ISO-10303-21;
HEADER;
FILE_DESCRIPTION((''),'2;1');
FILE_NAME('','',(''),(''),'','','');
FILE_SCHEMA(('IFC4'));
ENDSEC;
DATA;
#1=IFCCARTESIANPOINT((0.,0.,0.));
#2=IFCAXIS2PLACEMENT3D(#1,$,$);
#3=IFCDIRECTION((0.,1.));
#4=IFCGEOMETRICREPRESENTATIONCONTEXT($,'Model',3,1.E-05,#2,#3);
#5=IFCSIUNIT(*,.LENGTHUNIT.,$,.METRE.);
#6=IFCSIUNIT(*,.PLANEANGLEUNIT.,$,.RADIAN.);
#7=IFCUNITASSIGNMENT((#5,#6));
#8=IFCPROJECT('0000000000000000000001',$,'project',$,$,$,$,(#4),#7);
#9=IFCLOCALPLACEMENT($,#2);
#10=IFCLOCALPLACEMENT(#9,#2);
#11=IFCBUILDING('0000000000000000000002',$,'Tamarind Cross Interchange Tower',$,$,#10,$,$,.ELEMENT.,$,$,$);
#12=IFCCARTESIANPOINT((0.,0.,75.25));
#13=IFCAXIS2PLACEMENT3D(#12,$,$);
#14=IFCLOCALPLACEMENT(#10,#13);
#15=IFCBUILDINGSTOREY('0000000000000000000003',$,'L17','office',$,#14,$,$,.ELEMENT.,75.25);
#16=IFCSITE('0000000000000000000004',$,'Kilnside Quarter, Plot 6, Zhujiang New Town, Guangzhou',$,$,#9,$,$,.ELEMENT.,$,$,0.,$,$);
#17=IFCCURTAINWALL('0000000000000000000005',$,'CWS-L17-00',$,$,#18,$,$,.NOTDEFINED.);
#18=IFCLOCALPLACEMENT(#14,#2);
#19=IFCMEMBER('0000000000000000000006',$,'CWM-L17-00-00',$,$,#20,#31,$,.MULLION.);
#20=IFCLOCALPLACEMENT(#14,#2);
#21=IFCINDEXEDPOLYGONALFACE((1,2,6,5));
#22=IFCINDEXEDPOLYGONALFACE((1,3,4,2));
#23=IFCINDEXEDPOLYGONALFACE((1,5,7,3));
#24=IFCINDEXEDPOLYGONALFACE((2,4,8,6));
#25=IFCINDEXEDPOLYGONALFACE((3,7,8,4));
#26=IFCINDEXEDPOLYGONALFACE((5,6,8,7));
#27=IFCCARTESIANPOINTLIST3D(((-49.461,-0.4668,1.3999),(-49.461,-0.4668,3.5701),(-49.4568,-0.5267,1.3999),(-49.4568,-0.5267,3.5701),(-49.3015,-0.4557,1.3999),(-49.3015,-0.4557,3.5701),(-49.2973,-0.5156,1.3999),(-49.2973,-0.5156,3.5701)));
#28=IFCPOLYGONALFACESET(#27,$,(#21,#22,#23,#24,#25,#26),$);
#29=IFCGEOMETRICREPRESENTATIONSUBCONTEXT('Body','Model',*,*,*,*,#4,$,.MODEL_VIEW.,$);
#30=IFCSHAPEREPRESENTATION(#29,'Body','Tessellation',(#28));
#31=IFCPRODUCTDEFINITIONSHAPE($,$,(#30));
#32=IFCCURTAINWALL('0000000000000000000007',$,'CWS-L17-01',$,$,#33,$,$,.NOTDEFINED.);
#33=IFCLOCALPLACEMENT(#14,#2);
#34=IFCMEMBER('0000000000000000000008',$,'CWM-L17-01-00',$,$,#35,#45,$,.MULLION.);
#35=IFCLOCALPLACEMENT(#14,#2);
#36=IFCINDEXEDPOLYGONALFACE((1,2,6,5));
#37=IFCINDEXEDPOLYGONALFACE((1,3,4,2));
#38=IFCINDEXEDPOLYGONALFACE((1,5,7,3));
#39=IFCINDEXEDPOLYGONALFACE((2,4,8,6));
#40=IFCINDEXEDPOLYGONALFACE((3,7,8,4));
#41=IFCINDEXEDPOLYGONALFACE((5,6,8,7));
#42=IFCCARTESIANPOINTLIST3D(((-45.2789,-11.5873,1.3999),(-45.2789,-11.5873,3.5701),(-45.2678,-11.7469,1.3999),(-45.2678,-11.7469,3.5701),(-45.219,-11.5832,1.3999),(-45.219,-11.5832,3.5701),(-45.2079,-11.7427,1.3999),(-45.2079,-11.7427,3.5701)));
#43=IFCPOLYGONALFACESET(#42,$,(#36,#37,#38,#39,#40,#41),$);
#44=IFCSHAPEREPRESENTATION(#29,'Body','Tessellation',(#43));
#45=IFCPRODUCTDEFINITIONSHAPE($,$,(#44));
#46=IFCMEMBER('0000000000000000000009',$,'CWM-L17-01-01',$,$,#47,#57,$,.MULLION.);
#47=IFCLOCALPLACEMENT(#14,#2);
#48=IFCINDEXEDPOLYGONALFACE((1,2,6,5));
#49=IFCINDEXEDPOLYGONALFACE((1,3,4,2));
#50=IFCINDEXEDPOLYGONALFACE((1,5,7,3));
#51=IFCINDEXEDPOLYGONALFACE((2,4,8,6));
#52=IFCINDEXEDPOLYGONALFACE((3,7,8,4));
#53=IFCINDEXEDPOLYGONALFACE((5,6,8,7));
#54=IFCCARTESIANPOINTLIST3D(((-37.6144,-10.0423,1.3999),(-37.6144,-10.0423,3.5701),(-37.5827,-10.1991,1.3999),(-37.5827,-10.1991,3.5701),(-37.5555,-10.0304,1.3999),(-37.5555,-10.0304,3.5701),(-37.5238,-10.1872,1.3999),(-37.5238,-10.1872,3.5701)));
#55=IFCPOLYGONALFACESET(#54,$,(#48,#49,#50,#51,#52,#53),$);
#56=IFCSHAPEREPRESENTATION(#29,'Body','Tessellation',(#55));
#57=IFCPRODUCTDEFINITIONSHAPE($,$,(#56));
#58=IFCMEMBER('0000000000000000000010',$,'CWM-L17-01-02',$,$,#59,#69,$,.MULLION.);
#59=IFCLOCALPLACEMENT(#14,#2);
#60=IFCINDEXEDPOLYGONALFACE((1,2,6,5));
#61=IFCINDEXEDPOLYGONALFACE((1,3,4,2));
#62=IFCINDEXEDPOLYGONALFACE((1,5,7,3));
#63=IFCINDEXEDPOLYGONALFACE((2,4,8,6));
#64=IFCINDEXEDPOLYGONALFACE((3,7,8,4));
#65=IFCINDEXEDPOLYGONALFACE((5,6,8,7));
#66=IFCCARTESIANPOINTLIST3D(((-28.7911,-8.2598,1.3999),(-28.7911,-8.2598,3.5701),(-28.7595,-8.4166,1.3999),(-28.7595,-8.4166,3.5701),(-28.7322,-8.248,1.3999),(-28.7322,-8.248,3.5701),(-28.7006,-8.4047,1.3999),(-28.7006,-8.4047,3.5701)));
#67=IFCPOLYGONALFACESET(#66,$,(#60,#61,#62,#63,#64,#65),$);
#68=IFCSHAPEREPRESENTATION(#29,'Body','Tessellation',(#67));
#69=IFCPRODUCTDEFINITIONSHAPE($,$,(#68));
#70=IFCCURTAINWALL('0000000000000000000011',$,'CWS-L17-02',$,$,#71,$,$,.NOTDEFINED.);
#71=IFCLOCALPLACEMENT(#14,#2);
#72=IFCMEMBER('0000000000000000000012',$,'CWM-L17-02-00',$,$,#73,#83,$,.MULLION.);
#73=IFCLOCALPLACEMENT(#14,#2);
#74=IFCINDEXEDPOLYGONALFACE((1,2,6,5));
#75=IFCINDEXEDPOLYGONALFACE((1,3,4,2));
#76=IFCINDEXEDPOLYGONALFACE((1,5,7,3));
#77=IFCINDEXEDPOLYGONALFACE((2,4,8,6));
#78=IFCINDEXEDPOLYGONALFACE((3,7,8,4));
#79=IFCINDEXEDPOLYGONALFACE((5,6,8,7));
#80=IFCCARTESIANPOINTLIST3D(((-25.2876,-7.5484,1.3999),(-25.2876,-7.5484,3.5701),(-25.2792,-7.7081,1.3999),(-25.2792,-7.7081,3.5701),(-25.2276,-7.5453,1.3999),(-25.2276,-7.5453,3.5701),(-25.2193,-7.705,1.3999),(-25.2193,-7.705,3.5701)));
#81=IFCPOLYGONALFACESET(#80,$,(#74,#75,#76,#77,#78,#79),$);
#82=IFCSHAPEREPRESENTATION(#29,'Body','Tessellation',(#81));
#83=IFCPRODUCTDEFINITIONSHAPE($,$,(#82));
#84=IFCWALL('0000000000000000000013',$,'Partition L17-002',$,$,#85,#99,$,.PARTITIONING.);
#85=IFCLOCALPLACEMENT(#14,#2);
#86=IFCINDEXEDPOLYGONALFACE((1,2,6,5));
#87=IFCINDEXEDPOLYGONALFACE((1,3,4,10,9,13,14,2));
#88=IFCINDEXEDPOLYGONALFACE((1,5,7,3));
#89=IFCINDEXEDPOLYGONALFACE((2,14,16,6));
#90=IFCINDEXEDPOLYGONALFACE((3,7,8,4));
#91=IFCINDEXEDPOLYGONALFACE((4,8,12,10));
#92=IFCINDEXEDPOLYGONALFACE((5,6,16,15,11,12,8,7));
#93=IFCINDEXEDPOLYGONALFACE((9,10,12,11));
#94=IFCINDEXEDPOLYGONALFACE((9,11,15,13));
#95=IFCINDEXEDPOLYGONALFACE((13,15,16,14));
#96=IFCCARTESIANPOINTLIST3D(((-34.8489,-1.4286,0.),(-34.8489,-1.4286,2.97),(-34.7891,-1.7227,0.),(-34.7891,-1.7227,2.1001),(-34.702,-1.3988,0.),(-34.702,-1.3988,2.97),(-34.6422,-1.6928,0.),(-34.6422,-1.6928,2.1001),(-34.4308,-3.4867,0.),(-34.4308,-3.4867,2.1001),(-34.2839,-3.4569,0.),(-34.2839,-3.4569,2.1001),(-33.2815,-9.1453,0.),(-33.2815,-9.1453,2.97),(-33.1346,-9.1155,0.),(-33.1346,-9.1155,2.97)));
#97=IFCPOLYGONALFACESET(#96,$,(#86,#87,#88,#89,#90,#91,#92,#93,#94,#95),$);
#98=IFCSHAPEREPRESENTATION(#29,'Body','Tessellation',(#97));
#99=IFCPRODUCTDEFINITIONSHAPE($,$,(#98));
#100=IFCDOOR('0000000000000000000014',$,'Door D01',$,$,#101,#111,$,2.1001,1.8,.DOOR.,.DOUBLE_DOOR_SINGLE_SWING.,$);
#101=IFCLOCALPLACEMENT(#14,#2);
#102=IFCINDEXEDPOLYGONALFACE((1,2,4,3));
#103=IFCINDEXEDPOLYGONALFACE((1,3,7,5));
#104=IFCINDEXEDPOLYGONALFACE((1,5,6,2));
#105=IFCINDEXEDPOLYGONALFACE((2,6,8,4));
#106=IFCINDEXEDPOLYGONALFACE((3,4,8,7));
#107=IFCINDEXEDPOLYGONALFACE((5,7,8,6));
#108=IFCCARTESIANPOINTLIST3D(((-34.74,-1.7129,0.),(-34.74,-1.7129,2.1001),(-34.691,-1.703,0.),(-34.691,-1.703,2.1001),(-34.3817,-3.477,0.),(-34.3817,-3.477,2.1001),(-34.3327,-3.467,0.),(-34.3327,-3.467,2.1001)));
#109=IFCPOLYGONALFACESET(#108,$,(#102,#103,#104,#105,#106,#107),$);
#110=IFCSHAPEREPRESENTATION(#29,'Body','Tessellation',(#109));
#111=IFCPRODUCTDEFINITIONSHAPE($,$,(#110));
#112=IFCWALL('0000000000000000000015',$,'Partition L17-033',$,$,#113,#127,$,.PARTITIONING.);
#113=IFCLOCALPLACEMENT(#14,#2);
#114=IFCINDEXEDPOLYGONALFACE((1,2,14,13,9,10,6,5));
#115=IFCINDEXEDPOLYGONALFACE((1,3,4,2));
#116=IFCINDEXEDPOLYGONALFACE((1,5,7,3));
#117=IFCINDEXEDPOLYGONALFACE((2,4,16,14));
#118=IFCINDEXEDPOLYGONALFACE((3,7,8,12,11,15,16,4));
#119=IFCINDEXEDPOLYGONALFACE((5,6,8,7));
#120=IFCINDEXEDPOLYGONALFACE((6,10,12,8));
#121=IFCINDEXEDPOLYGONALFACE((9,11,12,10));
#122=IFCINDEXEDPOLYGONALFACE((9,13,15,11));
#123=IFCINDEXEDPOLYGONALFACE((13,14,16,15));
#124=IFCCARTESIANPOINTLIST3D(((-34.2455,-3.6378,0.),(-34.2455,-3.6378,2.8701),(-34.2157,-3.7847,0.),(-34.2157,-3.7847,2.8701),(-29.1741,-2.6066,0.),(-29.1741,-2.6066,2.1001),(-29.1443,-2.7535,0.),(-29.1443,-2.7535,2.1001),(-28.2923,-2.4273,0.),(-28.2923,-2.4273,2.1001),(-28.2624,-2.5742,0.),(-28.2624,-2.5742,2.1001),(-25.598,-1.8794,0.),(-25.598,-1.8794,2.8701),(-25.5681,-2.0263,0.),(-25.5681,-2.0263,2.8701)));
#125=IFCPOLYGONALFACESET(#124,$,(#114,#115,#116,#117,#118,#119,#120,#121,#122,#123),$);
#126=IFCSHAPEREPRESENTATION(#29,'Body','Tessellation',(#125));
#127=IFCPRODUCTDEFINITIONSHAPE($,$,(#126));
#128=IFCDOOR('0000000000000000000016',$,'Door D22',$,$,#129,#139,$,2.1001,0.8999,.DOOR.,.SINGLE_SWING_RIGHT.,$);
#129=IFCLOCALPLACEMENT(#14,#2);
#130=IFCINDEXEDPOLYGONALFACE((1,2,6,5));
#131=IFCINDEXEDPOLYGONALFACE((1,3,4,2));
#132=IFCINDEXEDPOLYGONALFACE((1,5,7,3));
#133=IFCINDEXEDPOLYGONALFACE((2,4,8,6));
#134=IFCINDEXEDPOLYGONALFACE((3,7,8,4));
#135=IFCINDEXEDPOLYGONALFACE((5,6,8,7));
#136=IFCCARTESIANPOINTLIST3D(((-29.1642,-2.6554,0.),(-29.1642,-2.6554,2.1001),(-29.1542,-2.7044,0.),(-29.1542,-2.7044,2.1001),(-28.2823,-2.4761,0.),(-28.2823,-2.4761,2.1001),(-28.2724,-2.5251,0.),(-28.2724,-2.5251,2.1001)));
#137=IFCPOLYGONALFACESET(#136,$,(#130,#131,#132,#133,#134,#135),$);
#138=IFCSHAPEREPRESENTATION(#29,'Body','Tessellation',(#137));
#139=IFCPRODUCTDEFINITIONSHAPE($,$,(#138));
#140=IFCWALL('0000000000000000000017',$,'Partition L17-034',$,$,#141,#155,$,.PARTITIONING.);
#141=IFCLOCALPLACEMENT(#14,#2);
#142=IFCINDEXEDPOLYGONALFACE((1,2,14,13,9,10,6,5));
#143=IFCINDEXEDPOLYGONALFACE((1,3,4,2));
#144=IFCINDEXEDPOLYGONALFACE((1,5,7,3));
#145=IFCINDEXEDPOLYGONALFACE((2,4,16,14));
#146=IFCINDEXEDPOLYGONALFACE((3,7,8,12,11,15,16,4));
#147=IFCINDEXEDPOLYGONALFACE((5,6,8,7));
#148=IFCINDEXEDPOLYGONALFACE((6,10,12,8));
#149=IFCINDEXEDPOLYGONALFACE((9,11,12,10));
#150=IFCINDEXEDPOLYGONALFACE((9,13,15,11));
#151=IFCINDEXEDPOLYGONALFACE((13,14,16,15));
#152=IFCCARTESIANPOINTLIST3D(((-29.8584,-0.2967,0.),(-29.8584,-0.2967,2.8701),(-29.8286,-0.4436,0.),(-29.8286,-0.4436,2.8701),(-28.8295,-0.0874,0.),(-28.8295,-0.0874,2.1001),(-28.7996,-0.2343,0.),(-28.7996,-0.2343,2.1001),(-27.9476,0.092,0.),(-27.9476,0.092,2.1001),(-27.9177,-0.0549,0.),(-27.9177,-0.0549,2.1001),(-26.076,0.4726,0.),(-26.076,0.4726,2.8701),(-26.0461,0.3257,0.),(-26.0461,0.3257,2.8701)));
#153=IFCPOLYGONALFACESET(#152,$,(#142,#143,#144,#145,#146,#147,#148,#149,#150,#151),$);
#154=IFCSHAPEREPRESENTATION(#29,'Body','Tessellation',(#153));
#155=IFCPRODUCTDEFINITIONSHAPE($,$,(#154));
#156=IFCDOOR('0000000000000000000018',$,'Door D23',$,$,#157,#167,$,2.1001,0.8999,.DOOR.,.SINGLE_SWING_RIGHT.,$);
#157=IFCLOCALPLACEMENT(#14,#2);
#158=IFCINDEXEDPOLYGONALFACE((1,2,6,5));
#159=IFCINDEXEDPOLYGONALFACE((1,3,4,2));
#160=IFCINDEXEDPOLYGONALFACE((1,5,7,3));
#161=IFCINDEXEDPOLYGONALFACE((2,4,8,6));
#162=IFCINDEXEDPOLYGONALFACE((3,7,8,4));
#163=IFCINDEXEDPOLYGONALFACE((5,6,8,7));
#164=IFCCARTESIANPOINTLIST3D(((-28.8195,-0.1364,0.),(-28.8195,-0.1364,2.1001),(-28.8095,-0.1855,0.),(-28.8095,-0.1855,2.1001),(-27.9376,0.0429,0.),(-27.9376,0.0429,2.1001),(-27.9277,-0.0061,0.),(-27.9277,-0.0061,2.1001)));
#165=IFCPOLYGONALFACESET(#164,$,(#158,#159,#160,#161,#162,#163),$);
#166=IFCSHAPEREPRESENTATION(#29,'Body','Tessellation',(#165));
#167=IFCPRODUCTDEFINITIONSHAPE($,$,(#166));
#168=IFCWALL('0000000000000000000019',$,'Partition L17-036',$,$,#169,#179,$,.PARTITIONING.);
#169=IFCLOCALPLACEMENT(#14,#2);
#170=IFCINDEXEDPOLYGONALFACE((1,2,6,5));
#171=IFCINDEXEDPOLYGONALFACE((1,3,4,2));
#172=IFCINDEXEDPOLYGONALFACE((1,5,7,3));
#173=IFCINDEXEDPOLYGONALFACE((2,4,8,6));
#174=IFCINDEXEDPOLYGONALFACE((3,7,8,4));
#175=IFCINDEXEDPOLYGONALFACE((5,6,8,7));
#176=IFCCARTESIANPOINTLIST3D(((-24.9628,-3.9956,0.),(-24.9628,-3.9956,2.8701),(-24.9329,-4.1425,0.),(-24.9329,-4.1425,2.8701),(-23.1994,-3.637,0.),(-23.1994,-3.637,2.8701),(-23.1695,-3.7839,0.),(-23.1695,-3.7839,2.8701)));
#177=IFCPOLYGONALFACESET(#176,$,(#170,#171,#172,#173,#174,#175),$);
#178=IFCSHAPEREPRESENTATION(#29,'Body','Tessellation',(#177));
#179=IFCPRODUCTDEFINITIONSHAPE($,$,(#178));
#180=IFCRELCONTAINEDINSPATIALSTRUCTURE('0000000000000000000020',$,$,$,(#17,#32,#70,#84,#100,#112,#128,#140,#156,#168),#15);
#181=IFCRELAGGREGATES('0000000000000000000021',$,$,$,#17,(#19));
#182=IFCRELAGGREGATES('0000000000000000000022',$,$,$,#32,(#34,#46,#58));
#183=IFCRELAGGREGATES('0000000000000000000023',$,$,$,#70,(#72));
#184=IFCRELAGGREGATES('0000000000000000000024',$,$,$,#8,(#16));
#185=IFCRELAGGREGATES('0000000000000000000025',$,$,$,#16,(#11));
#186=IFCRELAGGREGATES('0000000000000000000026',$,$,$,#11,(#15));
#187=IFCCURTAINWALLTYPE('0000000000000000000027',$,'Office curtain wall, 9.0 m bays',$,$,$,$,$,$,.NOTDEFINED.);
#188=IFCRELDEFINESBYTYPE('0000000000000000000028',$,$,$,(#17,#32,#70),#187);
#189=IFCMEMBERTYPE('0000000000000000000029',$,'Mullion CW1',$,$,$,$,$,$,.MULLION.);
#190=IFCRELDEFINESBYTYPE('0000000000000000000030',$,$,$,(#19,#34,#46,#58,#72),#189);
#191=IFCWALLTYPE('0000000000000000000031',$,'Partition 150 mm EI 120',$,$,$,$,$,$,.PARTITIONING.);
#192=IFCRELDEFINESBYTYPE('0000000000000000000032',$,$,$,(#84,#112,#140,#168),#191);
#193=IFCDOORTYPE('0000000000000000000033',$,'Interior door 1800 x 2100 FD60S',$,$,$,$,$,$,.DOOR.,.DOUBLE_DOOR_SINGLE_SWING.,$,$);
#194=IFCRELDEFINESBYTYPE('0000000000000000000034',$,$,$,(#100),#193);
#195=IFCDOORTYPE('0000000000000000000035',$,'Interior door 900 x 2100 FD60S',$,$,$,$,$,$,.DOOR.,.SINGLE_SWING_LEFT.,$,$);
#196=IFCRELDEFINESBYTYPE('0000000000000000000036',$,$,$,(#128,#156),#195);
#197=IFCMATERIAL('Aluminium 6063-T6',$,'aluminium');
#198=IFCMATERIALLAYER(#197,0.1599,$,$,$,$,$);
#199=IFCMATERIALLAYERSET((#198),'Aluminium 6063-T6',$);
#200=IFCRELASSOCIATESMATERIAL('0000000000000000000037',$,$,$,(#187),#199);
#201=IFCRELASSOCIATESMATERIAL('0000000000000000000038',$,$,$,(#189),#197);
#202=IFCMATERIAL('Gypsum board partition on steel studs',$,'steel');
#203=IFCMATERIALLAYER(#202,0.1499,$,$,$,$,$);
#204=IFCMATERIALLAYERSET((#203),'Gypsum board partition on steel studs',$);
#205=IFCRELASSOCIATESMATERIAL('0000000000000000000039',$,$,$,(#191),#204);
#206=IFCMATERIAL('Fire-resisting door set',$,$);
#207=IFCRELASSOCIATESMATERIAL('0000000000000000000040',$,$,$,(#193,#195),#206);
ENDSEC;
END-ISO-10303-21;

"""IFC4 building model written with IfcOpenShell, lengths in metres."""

from ifc_helpers import new_model, si_unit, direction, frame, frame_2d, origin, origin_2d, place, context, subcontext, project, spatial, rectangle, extrude, material, layer, layer_set, material_profile, profile_set, type_object, element, fill, aggregate, save


model = new_model("IFC4")

# Units and contexts
model_context = context("Model", 3, precision=1e-05, world=origin(), true_north=direction((0.0, 1.0)))
body_context = subcontext(model_context, "Body", "Model", "MODEL_VIEW")
ifc_project = project(units=[si_unit("LENGTHUNIT", "METRE"), si_unit("PLANEANGLEUNIT", "RADIAN")], contexts=[model_context])

# Site, building, storey
site_placement = place(None, origin())
site = spatial("IfcSite", under=ifc_project, at=site_placement, Name="Kilnside Quarter, Plot 6, Zhujiang New Town, Guangzhou", CompositionType="ELEMENT", RefElevation=0.0)
building_placement = place(site_placement, origin())
building = spatial("IfcBuilding", under=site, at=building_placement, Name="Tamarind Cross Interchange Tower", CompositionType="ELEMENT")
storey_placement = place(building_placement, frame((0.0, 0.0, 75.25)))
storey = spatial("IfcBuildingStorey", under=building, at=storey_placement, Name="L17", Description="office", CompositionType="ELEMENT", Elevation=75.25)

# Curtain wall, member
ifc_material_1 = material(Name="Aluminium 6063-T6", Category="aluminium")
ifc_layer_1 = layer(ifc_material_1, 0.1599)
ifc_layer_set_1 = layer_set([ifc_layer_1], Name="Aluminium 6063-T6")
curtain_wall_type = type_object("IfcCurtainWallType", Name="Office curtain wall, 9.0 m bays", PredefinedType="NOTDEFINED", material=ifc_layer_set_1)
curtain_wall_1_placement = place(storey_placement, origin())
curtain_wall_1 = element("IfcCurtainWall", 1, at=curtain_wall_1_placement, inside=storey, type_object=curtain_wall_type, Name="CWS-L17-00", PredefinedType="NOTDEFINED")
ifc_material_profile_1 = material_profile(ifc_material_1, rectangle(XDim=0.0601, YDim=0.1599, at=origin_2d()), Name="Mullion CW1")
ifc_profile_set_1 = profile_set([ifc_material_profile_1], Name="Aluminium 6063-T6")
member_type = type_object("IfcMemberType", Name="Mullion CW1", PredefinedType="MULLION", material=ifc_profile_set_1)
member_1_placement = place(storey_placement, frame((-49.3792, -0.4912, 1.3999), z_axis=(0.0, 0.0, 1.0), x_axis=(0.069631, -0.997573, 0.0)))
member_1 = element("IfcMember", 2, at=member_1_placement, type_object=member_type, Name="CWM-L17-00-00", PredefinedType="MULLION", context=body_context, shape_type="SweptSolid", body=[
    extrude(rectangle(XDim=0.0601, YDim=0.1599, at=origin_2d()), origin(), (0.0, 0.0, 1.0), 2.1702),
])
aggregate(curtain_wall_1, [member_1])

# Curtain wall, members
curtain_wall_2_placement = place(storey_placement, origin())
curtain_wall_2 = element("IfcCurtainWall", 3, at=curtain_wall_2_placement, inside=storey, type_object=curtain_wall_type, Name="CWS-L17-01", PredefinedType="NOTDEFINED")
member_2_placement = place(storey_placement, frame((-45.2434, -11.665, 1.3999), z_axis=(0.0, 0.0, 1.0), x_axis=(0.997616, 0.069009, 0.0)))
member_2 = element("IfcMember", 4, at=member_2_placement, type_object=member_type, Name="CWM-L17-01-00", PredefinedType="MULLION", context=body_context, shape_type="SweptSolid", body=[
    extrude(rectangle(XDim=0.0601, YDim=0.1599, at=origin_2d()), origin(), (0.0, 0.0, 1.0), 2.1702),
])
member_3_placement = place(storey_placement, frame((-37.5691, -10.1147, 1.3999), z_axis=(0.0, 0.0, 1.0), x_axis=(0.980197, 0.198023, 0.0)))
member_3 = element("IfcMember", 5, at=member_3_placement, type_object=member_type, Name="CWM-L17-01-01", PredefinedType="MULLION", context=body_context, shape_type="SweptSolid", body=[
    extrude(rectangle(XDim=0.0601, YDim=0.1599, at=origin_2d()), origin(), (0.0, 0.0, 1.0), 2.1702),
])
member_4_placement = place(storey_placement, frame((-28.7458, -8.3323, 1.3999), z_axis=(0.0, 0.0, 1.0), x_axis=(0.980197, 0.198023, 0.0)))
member_4 = element("IfcMember", 6, at=member_4_placement, type_object=member_type, Name="CWM-L17-01-02", PredefinedType="MULLION", context=body_context, shape_type="SweptSolid", body=[
    extrude(rectangle(XDim=0.0601, YDim=0.1599, at=origin_2d()), origin(), (0.0, 0.0, 1.0), 2.1702),
])
aggregate(curtain_wall_2, [member_2, member_3, member_4])

# Curtain wall, member
curtain_wall_3_placement = place(storey_placement, origin())
curtain_wall_3 = element("IfcCurtainWall", 7, at=curtain_wall_3_placement, inside=storey, type_object=curtain_wall_type, Name="CWS-L17-02", PredefinedType="NOTDEFINED")
member_5_placement = place(storey_placement, frame((-25.2534, -7.6267, 1.3999), z_axis=(0.0, 0.0, 1.0), x_axis=(0.998634, 0.052249, 0.0)))
member_5 = element("IfcMember", 8, at=member_5_placement, type_object=member_type, Name="CWM-L17-02-00", PredefinedType="MULLION", context=body_context, shape_type="SweptSolid", body=[
    extrude(rectangle(XDim=0.0601, YDim=0.1599, at=origin_2d()), origin(), (0.0, 0.0, 1.0), 2.1702),
])
aggregate(curtain_wall_3, [member_5])

# Walls, openings, doors
ifc_material_2 = material(Name="Gypsum board partition on steel studs", Category="steel")
ifc_layer_2 = layer(ifc_material_2, 0.1499)
ifc_layer_set_2 = layer_set([ifc_layer_2], Name="Gypsum board partition on steel studs")
wall_type_1 = type_object("IfcWallType", Name="Partition 150 mm EI 120", PredefinedType="PARTITIONING", material=ifc_layer_set_2)
wall_1_placement = place(storey_placement, frame((-34.7754, -1.4138, 0.0), z_axis=(0.0, 0.0, 1.0), x_axis=(0.199049, -0.97999, 0.0)))
wall_1 = element("IfcWall", 9, at=wall_1_placement, inside=storey, type_object=wall_type_1, Name="Partition L17-002", PredefinedType="PARTITIONING", context=body_context, shape_type="SweptSolid", body=[
    extrude(rectangle(XDim=7.8743, YDim=0.1499, at=frame_2d((3.937, 0.0))), origin(), (0.0, 0.0, 1.0), 2.97),
])
opening_1_placement = place(wall_1_placement, frame((0.3, 0.0, 0.0)))
opening_1 = element("IfcOpeningElement", 10, at=opening_1_placement, cuts=wall_1, PredefinedType="OPENING", context=body_context, shape_type="SweptSolid", body=[
    extrude(rectangle(XDim=1.8, YDim=2.1001, at=frame_2d((0.8999, 1.05))), frame((0.0, 0.085, 0.0), z_axis=(0.0, -1.0, 0.0), x_axis=(1.0, 0.0, 0.0)), (0.0, 0.0, 1.0), 0.1699),
])
ifc_material_3 = material(Name="Fire-resisting door set")
door_type_1 = type_object("IfcDoorType", Name="Interior door 1800 x 2100 FD60S", OperationType="DOUBLE_DOOR_SINGLE_SWING", PredefinedType="DOOR", material=ifc_material_3)
door_1_placement = place(opening_1_placement, frame((1.8, 0.0, 0.0), z_axis=(0.0, 0.0, 1.0), x_axis=(-1.0, 0.0, 0.0)))
door_1 = element("IfcDoor", 11, at=door_1_placement, inside=storey, type_object=door_type_1, Name="Door D01", OperationType="DOUBLE_DOOR_SINGLE_SWING", OverallHeight=2.1001, OverallWidth=1.8, PredefinedType="DOOR", context=body_context, shape_type="SweptSolid", body=[
    extrude(rectangle(XDim=1.8, YDim=2.1001, at=frame_2d((0.8999, 1.05))), frame((0.0, 0.0249, 0.0), z_axis=(0.0, -1.0, 0.0), x_axis=(1.0, 0.0, 0.0)), (0.0, 0.0, 1.0), 0.05),
])
fill(opening_1, door_1)
wall_2_placement = place(storey_placement, frame((-34.2305, -3.7112, 0.0), z_axis=(0.0, 0.0, 1.0), x_axis=(0.979948, 0.199254, 0.0)))
wall_2 = element("IfcWall", 12, at=wall_2_placement, inside=storey, type_object=wall_type_1, Name="Partition L17-033", PredefinedType="PARTITIONING", context=body_context, shape_type="SweptSolid", body=[
    extrude(rectangle(XDim=8.8245, YDim=0.1499, at=frame_2d((4.4121, 0.0))), origin(), (0.0, 0.0, 1.0), 2.8701),
])
opening_2_placement = place(wall_2_placement, frame((5.175, 0.0, 0.0)))
opening_2 = element("IfcOpeningElement", 13, at=opening_2_placement, cuts=wall_2, PredefinedType="OPENING", context=body_context, shape_type="SweptSolid", body=[
    extrude(rectangle(XDim=0.8999, YDim=2.1001, at=frame_2d((0.45, 1.05))), frame((0.0, 0.085, 0.0), z_axis=(0.0, -1.0, 0.0), x_axis=(1.0, 0.0, 0.0)), (0.0, 0.0, 1.0), 0.1699),
])
door_type_2 = type_object("IfcDoorType", Name="Interior door 900 x 2100 FD60S", OperationType="SINGLE_SWING_LEFT", PredefinedType="DOOR", material=ifc_material_3)
door_2_placement = place(opening_2_placement, frame((0.8999, 0.0, 0.0), z_axis=(0.0, 0.0, 1.0), x_axis=(-1.0, 0.0, 0.0)))
door_2 = element("IfcDoor", 14, at=door_2_placement, inside=storey, type_object=door_type_2, Name="Door D22", OperationType="SINGLE_SWING_RIGHT", OverallHeight=2.1001, OverallWidth=0.8999, PredefinedType="DOOR", context=body_context, shape_type="SweptSolid", body=[
    extrude(rectangle(XDim=0.8999, YDim=2.1001, at=frame_2d((0.45, 1.05))), frame((0.0, 0.0249, 0.0), z_axis=(0.0, -1.0, 0.0), x_axis=(1.0, 0.0, 0.0)), (0.0, 0.0, 1.0), 0.05),
])
fill(opening_2, door_2)
wall_3_placement = place(storey_placement, frame((-29.8435, -0.3701, 0.0), z_axis=(0.0, 0.0, 1.0), x_axis=(0.979938, 0.199302, 0.0)))
wall_3 = element("IfcWall", 15, at=wall_3_placement, inside=storey, type_object=wall_type_1, Name="Partition L17-034", PredefinedType="PARTITIONING", context=body_context, shape_type="SweptSolid", body=[
    extrude(rectangle(XDim=3.8599, YDim=0.1499, at=frame_2d((1.9299, 0.0))), origin(), (0.0, 0.0, 1.0), 2.8701),
])
opening_3_placement = place(wall_3_placement, frame((1.05, 0.0, 0.0)))
opening_3 = element("IfcOpeningElement", 16, at=opening_3_placement, cuts=wall_3, PredefinedType="OPENING", context=body_context, shape_type="SweptSolid", body=[
    extrude(rectangle(XDim=0.8999, YDim=2.1001, at=frame_2d((0.45, 1.05))), frame((0.0, 0.085, 0.0), z_axis=(0.0, -1.0, 0.0), x_axis=(1.0, 0.0, 0.0)), (0.0, 0.0, 1.0), 0.1699),
])
door_3_placement = place(opening_3_placement, origin())
door_3 = element("IfcDoor", 17, at=door_3_placement, inside=storey, type_object=door_type_2, Name="Door D23", OperationType="SINGLE_SWING_RIGHT", OverallHeight=2.1001, OverallWidth=0.8999, PredefinedType="DOOR", context=body_context, shape_type="SweptSolid", body=[
    extrude(rectangle(XDim=0.8999, YDim=2.1001, at=frame_2d((0.45, 1.05))), frame((0.0, 0.0249, 0.0), z_axis=(0.0, -1.0, 0.0), x_axis=(1.0, 0.0, 0.0)), (0.0, 0.0, 1.0), 0.05),
])
fill(opening_3, door_3)

# Wall
wall_4_placement = place(storey_placement, frame((-24.948, -4.0691, 0.0), z_axis=(0.0, 0.0, 1.0), x_axis=(0.979939, 0.199298, 0.0)))
element("IfcWall", 18, at=wall_4_placement, inside=storey, type_object=wall_type_1, Name="Partition L17-036", PredefinedType="PARTITIONING", context=body_context, shape_type="SweptSolid", body=[
    extrude(rectangle(XDim=1.7996, YDim=0.1499, at=frame_2d((0.8999, 0.0))), origin(), (0.0, 0.0, 1.0), 2.8701),
])

save(model, "model.ifc")
